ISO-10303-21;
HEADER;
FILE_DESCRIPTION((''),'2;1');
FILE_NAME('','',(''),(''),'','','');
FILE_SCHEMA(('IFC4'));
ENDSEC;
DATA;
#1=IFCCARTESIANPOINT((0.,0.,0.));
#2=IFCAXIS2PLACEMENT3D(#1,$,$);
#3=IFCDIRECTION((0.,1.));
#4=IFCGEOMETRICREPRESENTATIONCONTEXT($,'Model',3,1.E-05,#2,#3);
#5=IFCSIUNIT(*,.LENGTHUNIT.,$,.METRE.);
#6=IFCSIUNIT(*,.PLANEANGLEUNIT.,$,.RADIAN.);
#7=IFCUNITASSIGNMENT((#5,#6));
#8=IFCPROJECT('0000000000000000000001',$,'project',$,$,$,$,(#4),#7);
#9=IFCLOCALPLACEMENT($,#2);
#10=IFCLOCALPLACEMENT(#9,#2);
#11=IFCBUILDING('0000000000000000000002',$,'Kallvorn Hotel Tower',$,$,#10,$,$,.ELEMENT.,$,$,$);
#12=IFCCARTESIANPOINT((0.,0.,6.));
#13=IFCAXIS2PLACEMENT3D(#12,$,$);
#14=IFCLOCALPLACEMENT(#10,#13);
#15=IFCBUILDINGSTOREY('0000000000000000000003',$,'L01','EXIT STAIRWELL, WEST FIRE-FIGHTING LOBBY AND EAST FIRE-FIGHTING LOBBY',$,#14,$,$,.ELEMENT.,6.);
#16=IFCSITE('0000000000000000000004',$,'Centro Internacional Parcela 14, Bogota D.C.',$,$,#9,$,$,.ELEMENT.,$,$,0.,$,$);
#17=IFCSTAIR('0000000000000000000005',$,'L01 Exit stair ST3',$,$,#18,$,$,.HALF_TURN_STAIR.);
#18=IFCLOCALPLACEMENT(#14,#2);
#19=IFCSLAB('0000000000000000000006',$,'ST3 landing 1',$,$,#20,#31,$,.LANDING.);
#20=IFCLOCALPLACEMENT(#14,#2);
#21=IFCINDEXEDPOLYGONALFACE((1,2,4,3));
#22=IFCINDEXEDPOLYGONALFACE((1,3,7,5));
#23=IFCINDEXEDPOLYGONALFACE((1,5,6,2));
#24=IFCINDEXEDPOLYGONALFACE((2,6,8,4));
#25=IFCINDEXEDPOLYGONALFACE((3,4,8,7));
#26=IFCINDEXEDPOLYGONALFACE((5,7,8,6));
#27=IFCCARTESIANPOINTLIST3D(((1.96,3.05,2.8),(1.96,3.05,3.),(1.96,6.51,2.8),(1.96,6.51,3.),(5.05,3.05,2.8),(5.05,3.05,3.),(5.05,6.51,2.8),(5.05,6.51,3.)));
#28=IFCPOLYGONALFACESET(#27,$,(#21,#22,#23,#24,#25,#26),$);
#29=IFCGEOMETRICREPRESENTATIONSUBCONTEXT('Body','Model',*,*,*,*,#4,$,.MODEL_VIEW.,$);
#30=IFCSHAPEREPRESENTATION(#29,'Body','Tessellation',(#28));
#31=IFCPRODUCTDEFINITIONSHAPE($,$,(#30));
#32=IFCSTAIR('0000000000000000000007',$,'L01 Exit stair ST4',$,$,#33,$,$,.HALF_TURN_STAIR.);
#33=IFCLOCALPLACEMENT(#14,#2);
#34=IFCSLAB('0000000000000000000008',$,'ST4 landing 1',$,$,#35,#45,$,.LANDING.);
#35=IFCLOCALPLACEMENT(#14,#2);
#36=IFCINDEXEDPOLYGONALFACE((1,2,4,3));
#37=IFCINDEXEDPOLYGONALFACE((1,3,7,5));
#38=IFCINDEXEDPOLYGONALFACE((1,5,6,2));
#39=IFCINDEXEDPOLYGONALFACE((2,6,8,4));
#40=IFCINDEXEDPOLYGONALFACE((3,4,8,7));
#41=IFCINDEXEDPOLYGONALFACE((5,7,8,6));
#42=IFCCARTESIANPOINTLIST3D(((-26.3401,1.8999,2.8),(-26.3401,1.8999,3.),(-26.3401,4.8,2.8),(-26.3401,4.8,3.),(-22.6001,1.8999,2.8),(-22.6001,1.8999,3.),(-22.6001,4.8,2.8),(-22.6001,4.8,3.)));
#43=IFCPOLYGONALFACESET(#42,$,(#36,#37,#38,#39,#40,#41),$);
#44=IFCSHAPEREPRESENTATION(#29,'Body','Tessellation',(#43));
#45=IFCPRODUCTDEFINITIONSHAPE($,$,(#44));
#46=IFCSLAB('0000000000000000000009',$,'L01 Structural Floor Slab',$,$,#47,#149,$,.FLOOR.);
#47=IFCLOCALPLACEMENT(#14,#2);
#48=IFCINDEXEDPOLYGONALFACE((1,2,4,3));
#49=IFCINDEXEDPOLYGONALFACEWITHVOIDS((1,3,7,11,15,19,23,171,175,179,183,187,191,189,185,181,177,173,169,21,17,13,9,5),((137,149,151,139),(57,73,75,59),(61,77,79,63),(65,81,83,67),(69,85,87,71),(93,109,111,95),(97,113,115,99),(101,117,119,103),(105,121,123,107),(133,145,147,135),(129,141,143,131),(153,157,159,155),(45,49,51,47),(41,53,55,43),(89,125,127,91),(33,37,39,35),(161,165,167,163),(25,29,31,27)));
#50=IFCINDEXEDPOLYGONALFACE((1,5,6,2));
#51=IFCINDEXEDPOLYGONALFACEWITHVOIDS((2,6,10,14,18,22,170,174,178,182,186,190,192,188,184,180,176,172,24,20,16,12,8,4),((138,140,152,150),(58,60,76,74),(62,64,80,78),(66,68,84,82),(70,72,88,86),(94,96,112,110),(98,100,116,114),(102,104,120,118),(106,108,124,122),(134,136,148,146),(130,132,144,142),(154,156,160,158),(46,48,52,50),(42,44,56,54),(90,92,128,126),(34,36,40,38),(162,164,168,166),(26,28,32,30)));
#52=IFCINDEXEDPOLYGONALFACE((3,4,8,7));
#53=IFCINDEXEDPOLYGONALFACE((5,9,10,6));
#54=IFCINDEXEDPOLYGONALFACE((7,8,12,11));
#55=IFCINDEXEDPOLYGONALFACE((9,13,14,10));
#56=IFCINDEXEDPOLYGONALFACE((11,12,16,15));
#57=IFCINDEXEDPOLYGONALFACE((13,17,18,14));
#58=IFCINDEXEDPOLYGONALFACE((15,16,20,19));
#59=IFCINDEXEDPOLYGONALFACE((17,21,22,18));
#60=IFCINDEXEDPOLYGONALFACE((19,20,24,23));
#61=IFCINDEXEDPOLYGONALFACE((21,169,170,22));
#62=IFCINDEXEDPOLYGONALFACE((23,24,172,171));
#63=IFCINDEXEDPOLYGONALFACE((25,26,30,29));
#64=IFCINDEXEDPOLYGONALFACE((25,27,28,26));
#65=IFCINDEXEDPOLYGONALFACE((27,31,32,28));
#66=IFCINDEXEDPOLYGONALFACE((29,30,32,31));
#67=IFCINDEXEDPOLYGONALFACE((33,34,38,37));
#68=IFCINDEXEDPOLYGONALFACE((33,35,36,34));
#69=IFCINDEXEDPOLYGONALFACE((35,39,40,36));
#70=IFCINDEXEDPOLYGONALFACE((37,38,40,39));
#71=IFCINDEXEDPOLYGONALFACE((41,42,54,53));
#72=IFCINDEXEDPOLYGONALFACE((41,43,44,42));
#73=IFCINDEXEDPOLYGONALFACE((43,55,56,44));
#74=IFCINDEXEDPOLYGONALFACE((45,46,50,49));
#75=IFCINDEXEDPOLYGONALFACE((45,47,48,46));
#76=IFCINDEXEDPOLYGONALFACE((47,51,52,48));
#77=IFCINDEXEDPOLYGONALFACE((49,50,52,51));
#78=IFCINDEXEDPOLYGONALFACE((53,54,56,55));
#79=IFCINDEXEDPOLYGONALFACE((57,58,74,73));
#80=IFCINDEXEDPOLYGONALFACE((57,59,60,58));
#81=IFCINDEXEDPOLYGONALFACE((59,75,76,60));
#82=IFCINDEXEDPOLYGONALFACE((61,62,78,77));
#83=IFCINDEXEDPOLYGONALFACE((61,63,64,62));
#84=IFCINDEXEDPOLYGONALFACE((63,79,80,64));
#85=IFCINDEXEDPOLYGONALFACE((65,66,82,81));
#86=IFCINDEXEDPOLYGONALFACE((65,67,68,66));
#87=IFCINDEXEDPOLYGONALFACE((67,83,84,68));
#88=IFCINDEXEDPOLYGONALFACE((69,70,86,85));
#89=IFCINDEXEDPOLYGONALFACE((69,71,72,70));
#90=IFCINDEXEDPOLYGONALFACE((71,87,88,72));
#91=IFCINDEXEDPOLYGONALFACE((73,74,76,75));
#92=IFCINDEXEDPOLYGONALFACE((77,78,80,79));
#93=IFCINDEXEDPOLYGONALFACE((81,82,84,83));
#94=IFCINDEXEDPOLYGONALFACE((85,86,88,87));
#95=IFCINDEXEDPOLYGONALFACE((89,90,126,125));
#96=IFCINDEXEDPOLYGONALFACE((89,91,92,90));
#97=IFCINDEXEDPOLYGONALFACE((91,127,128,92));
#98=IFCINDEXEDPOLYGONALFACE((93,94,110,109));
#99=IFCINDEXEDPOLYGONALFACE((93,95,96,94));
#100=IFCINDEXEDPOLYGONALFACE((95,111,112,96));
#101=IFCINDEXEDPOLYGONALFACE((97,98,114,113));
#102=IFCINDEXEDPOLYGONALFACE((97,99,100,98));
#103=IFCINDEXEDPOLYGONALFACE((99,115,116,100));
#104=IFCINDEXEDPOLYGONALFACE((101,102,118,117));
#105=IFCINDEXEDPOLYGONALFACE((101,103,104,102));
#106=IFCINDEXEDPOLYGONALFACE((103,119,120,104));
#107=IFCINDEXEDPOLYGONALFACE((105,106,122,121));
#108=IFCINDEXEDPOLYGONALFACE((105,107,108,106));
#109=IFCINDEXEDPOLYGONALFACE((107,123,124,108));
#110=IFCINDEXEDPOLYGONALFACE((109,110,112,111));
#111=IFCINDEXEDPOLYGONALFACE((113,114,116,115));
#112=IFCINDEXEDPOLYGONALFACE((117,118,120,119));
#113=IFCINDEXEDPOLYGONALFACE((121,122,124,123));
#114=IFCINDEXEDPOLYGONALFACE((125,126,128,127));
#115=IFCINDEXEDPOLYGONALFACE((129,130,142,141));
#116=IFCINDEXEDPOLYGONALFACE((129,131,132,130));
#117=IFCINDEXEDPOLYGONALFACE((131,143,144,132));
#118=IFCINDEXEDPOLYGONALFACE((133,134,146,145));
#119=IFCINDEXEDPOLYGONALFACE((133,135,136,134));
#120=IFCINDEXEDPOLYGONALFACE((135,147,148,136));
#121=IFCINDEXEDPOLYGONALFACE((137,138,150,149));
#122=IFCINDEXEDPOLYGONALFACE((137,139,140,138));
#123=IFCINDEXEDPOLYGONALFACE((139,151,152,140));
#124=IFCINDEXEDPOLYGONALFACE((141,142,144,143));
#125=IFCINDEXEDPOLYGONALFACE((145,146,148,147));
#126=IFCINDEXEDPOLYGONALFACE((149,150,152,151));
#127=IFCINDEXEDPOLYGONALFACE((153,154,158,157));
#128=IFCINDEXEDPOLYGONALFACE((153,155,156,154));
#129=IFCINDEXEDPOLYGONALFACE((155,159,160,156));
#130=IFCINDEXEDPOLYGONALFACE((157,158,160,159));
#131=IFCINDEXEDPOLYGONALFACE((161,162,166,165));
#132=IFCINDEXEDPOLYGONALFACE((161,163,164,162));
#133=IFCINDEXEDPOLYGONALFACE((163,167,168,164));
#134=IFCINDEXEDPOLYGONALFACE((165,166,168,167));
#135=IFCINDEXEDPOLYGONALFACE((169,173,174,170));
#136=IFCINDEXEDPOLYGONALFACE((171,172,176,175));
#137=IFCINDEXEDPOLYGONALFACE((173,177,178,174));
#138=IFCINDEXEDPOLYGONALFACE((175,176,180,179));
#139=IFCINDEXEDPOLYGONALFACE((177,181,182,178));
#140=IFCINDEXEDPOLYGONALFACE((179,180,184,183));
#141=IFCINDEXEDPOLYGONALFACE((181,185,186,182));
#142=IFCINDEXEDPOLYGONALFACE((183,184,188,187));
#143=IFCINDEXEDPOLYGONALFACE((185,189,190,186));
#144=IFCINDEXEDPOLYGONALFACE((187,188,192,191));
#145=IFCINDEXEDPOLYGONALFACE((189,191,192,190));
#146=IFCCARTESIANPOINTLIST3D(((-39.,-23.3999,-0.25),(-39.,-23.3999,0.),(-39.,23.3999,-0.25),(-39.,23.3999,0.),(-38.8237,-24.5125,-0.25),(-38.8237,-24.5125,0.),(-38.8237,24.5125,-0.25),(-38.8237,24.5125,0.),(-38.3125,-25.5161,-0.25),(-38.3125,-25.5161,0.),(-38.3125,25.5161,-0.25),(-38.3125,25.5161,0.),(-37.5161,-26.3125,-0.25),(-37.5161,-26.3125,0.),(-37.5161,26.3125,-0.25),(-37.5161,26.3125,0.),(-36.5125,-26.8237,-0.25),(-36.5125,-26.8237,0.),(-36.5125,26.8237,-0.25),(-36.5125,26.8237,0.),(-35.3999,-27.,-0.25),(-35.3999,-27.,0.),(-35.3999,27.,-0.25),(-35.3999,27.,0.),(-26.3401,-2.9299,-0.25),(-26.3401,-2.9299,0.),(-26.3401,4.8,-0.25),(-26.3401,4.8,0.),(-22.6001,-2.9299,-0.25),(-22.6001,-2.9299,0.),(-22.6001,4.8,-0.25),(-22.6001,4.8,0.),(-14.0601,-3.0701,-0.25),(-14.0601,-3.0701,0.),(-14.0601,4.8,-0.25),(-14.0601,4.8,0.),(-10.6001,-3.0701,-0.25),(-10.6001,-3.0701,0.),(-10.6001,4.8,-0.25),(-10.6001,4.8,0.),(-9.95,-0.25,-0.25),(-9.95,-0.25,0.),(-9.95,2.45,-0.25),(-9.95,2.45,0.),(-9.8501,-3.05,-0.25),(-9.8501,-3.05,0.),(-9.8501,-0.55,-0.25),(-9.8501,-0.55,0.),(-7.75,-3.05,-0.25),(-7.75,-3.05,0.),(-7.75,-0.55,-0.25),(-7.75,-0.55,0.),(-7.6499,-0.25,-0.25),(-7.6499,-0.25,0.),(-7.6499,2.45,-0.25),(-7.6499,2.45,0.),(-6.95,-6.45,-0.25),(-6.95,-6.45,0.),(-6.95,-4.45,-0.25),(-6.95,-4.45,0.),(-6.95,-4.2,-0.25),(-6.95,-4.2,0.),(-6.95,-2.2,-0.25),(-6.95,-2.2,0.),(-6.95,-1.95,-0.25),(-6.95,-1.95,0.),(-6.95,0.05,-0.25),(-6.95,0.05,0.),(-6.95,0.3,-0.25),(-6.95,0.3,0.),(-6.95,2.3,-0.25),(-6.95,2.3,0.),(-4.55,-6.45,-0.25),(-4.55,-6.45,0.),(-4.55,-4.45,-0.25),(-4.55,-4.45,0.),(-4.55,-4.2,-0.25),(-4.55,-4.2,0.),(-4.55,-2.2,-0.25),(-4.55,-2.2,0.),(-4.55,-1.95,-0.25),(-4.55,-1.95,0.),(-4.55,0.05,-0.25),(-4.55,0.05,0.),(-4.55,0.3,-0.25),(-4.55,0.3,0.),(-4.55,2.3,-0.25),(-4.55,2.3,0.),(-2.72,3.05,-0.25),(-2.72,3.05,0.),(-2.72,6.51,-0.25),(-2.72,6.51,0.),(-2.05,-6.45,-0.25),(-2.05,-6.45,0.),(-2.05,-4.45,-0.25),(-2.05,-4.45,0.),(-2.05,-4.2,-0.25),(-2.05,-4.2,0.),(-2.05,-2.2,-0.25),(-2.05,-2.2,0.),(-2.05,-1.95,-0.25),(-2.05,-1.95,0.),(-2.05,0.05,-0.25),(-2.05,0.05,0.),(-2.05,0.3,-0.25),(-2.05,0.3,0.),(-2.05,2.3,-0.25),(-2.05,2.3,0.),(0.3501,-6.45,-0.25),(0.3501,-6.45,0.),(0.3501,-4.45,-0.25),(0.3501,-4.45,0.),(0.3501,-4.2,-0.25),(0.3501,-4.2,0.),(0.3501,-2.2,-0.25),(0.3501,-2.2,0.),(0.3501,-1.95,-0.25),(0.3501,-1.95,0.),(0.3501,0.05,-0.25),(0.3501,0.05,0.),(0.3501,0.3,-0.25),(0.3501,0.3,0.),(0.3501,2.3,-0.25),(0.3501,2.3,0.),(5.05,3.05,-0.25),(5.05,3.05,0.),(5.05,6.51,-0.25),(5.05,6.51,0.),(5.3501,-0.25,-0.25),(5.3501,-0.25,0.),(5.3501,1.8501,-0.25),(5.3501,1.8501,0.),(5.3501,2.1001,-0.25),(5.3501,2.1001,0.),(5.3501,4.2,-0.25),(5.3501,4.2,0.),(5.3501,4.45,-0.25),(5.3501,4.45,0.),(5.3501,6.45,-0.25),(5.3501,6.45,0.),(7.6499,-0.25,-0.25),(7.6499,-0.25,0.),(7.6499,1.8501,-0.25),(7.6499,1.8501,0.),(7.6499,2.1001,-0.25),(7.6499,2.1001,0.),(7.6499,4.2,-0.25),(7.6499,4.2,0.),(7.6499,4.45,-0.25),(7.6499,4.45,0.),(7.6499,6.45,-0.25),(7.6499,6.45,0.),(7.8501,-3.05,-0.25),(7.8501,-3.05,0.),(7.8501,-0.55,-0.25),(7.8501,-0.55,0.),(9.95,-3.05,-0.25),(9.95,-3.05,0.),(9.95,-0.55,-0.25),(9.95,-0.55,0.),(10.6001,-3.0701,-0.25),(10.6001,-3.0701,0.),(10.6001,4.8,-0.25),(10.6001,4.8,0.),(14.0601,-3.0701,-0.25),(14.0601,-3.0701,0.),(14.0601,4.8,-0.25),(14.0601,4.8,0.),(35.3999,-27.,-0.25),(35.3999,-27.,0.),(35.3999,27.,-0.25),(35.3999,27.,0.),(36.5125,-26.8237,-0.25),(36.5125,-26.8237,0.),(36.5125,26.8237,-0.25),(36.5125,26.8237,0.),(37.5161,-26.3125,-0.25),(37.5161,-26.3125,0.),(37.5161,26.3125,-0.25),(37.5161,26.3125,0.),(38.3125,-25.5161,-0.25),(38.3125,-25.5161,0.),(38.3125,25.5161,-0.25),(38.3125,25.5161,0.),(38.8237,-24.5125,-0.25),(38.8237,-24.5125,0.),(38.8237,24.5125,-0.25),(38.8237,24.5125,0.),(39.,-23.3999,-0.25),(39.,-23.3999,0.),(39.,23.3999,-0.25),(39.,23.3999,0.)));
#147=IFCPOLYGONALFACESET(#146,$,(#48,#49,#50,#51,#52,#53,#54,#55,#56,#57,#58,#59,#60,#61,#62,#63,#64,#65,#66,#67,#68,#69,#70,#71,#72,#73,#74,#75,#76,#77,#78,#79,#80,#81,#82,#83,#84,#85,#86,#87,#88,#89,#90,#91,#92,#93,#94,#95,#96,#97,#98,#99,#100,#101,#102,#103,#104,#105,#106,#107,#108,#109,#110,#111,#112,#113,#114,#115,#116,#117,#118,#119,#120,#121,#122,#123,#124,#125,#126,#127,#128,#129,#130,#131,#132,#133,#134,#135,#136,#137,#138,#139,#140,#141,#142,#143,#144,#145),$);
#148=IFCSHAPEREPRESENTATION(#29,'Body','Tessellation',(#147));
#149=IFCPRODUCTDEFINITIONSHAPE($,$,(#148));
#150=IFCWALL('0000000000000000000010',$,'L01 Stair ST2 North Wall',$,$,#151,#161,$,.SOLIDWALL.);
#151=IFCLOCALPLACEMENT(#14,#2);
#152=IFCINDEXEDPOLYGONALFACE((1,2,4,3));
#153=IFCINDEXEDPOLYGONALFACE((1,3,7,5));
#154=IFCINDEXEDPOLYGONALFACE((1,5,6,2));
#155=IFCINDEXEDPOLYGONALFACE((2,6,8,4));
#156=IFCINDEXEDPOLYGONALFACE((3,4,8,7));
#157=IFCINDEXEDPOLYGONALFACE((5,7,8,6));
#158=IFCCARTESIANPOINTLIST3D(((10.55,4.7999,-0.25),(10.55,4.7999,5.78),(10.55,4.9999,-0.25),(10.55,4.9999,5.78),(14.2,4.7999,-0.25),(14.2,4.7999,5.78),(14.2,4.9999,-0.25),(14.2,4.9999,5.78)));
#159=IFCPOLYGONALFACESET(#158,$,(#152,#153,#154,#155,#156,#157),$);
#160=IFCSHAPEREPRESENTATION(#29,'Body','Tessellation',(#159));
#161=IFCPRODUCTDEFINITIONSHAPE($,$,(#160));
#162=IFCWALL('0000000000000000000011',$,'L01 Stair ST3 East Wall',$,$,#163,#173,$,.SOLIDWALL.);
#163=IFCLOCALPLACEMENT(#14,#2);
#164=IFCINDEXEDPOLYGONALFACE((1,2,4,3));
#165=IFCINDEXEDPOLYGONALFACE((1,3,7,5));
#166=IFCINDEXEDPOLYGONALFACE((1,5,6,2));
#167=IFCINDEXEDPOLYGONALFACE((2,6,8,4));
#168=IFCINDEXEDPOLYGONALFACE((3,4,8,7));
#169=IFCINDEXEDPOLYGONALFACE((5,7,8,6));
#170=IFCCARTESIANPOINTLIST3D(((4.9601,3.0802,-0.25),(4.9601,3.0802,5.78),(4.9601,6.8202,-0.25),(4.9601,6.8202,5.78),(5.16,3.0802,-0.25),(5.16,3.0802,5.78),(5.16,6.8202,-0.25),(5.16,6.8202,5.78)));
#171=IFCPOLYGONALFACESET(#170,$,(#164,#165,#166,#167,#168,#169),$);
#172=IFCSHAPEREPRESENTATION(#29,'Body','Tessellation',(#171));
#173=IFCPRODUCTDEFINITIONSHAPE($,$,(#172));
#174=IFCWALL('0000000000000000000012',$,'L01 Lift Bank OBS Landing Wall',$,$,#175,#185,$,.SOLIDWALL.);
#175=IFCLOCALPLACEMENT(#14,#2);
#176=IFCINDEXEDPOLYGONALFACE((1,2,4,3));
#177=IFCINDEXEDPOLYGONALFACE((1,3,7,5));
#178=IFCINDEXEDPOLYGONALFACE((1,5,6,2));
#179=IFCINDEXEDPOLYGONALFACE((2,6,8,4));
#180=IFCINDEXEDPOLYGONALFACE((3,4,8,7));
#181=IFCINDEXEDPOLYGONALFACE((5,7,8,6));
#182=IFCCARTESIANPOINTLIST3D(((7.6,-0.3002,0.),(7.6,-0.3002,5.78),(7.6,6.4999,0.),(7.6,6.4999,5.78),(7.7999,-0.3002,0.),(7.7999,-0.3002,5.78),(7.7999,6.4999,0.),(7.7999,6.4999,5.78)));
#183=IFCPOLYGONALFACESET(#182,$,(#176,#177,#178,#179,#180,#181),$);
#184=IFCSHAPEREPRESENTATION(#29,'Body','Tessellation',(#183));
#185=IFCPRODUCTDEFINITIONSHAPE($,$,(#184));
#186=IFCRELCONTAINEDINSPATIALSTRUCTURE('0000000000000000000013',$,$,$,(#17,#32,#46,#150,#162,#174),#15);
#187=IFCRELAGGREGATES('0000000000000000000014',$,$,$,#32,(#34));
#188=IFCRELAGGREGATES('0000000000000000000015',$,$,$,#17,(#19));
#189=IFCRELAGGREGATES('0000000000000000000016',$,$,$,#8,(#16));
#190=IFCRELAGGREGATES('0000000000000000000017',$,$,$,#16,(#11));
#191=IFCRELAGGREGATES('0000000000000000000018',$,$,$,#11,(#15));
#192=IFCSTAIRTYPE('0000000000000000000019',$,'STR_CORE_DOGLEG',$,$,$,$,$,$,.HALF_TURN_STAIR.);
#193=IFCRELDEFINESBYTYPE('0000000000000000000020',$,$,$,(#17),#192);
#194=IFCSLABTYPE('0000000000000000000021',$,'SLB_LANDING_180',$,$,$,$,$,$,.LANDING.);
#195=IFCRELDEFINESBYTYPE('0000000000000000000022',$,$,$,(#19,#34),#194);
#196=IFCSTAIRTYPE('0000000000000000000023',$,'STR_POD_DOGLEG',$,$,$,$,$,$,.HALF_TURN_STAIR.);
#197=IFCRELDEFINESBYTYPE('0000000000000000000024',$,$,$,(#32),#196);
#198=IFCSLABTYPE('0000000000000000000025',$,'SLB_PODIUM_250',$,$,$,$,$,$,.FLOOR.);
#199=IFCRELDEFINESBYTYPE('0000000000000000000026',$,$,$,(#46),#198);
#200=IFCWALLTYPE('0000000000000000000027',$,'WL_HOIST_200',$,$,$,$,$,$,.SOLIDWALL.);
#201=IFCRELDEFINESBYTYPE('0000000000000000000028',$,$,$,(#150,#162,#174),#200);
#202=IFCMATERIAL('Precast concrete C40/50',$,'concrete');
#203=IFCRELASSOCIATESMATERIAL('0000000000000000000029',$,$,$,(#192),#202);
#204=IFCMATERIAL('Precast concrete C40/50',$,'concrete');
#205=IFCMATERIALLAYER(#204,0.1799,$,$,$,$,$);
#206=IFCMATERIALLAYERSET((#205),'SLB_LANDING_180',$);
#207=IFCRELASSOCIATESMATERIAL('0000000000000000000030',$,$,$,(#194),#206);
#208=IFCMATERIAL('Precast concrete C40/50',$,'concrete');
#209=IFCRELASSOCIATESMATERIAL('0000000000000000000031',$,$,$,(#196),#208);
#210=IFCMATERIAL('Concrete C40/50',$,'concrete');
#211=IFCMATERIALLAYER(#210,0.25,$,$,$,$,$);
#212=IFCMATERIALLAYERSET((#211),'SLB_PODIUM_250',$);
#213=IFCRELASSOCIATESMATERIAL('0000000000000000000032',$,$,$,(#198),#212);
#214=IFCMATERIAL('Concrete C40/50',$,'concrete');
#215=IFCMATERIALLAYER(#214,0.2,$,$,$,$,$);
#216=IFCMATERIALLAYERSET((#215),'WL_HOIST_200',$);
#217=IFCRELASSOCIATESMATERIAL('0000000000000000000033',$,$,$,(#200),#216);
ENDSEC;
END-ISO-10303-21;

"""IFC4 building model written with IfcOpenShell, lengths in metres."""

from ifc_helpers import new_model, si_unit, direction, frame, frame_2d, origin, place, context, subcontext, project, spatial, polyline, rectangle, outline, extrude, material, layer, layer_set, type_object, element, aggregate, save


model = new_model("IFC4")

# Units and contexts
model_context = context("Model", 3, precision=1e-05, world=origin(), true_north=direction((0.0, 1.0)))
body_context = subcontext(model_context, "Body", "Model", "MODEL_VIEW")
ifc_project = project(units=[si_unit("LENGTHUNIT", "METRE"), si_unit("PLANEANGLEUNIT", "RADIAN")], contexts=[model_context])

# Site, building, storey
site_placement = place(None, origin())
site = spatial("IfcSite", under=ifc_project, at=site_placement, Name="Centro Internacional Parcela 14, Bogota D.C.", CompositionType="ELEMENT", RefElevation=0.0)
building_placement = place(site_placement, origin())
building = spatial("IfcBuilding", under=site, at=building_placement, Name="Kallvorn Hotel Tower", CompositionType="ELEMENT")
storey_placement = place(building_placement, frame((0.0, 0.0, 6.0)))
storey = spatial("IfcBuildingStorey", under=building, at=storey_placement, Name="L01", Description="EXIT STAIRWELL, WEST FIRE-FIGHTING LOBBY AND EAST FIRE-FIGHTING LOBBY", CompositionType="ELEMENT", Elevation=6.0)

# Stairs, slabs
ifc_material_1 = material(Name="Precast concrete C40/50", Category="concrete")
stair_type_1 = type_object("IfcStairType", Name="STR_CORE_DOGLEG", PredefinedType="HALF_TURN_STAIR", material=ifc_material_1)
ifc_material_2 = material(Name="Precast concrete C40/50", Category="concrete")
ifc_layer_1 = layer(ifc_material_2, 0.1799)
ifc_layer_set_1 = layer_set([ifc_layer_1], Name="SLB_LANDING_180")
slab_type_1 = type_object("IfcSlabType", Name="SLB_LANDING_180", PredefinedType="LANDING", material=ifc_layer_set_1)
stair_1_placement = place(storey_placement, origin())
stair_1 = element("IfcStair", 1, at=stair_1_placement, inside=storey, type_object=stair_type_1, Name="L01 Exit stair ST3", PredefinedType="HALF_TURN_STAIR")
slab_1_placement = place(storey_placement, frame((0.0, 0.0, 2.8)))
slab_1 = element("IfcSlab", 2, at=slab_1_placement, type_object=slab_type_1, Name="ST3 landing 1", PredefinedType="LANDING", context=body_context, shape_type="SweptSolid", body=[
    extrude(outline(polyline([(1.96, 3.05), (5.05, 3.05), (5.05, 6.51), (1.96, 6.51), (1.96, 3.05)])), origin(), (0.0, 0.0, 1.0), 0.2),
])
ifc_material_3 = material(Name="Precast concrete C40/50", Category="concrete")
stair_type_2 = type_object("IfcStairType", Name="STR_POD_DOGLEG", PredefinedType="HALF_TURN_STAIR", material=ifc_material_3)
stair_2_placement = place(storey_placement, origin())
stair_2 = element("IfcStair", 3, at=stair_2_placement, inside=storey, type_object=stair_type_2, Name="L01 Exit stair ST4", PredefinedType="HALF_TURN_STAIR")
slab_2_placement = place(storey_placement, frame((0.0, 0.0, 2.8)))
slab_2 = element("IfcSlab", 4, at=slab_2_placement, type_object=slab_type_1, Name="ST4 landing 1", PredefinedType="LANDING", context=body_context, shape_type="SweptSolid", body=[
    extrude(outline(polyline([(-22.6001, 1.8999), (-22.6001, 4.8), (-26.3401, 4.8), (-26.3401, 1.8999), (-22.6001, 1.8999)])), origin(), (0.0, 0.0, 1.0), 0.2),
])
aggregate(stair_2, [slab_2])

# Slab
ifc_material_4 = material(Name="Concrete C40/50", Category="concrete")
ifc_layer_2 = layer(ifc_material_4, 0.25)
ifc_layer_set_2 = layer_set([ifc_layer_2], Name="SLB_PODIUM_250")
slab_type_2 = type_object("IfcSlabType", Name="SLB_PODIUM_250", PredefinedType="FLOOR", material=ifc_layer_set_2)
slab_3_placement = place(storey_placement, frame((0.0, 0.0, -0.25)))
element("IfcSlab", 5, at=slab_3_placement, inside=storey, type_object=slab_type_2, Name="L01 Structural Floor Slab", PredefinedType="FLOOR", context=body_context, shape_type="SweptSolid", body=[
    extrude(outline(polyline([(35.3999, -27.0), (36.5125, -26.8237), (37.5161, -26.3125), (38.3125, -25.5161), (38.8237, -24.5125), (39.0, -23.3999), (39.0, 23.3999), (38.8237, 24.5125), (38.3125, 25.5161), (37.5161, 26.3125), (36.5125, 26.8237), (35.3999, 27.0), (-35.3999, 27.0), (-36.5125, 26.8237), (-37.5161, 26.3125), (-38.3125, 25.5161), (-38.8237, 24.5125), (-39.0, 23.3999), (-39.0, -23.3999), (-38.8237, -24.5125), (-38.3125, -25.5161), (-37.5161, -26.3125), (-36.5125, -26.8237), (-35.3999, -27.0), (35.3999, -27.0)]), holes=[polyline([(-10.6001, -3.0701), (-10.6001, 4.8), (-14.0601, 4.8), (-14.0601, -3.0701), (-10.6001, -3.0701)]), polyline([(14.0601, -3.0701), (14.0601, 4.8), (10.6001, 4.8), (10.6001, -3.0701), (14.0601, -3.0701)]), polyline([(-2.72, 3.05), (5.05, 3.05), (5.05, 6.51), (-2.72, 6.51), (-2.72, 3.05)]), polyline([(-22.6001, -2.9299), (-22.6001, 4.8), (-26.3401, 4.8), (-26.3401, -2.9299), (-22.6001, -2.9299)]), polyline([(-6.95, -6.45), (-4.55, -6.45), (-4.55, -4.45), (-6.95, -4.45), (-6.95, -6.45)]), polyline([(-6.95, -4.2), (-4.55, -4.2), (-4.55, -2.2), (-6.95, -2.2), (-6.95, -4.2)]), polyline([(-6.95, -1.95), (-4.55, -1.95), (-4.55, 0.05), (-6.95, 0.05), (-6.95, -1.95)]), polyline([(-6.95, 0.3), (-4.55, 0.3), (-4.55, 2.3), (-6.95, 2.3), (-6.95, 0.3)]), polyline([(-2.05, -6.45), (0.3501, -6.45), (0.3501, -4.45), (-2.05, -4.45), (-2.05, -6.45)]), polyline([(-2.05, -4.2), (0.3501, -4.2), (0.3501, -2.2), (-2.05, -2.2), (-2.05, -4.2)]), polyline([(-2.05, -1.95), (0.3501, -1.95), (0.3501, 0.05), (-2.05, 0.05), (-2.05, -1.95)]), polyline([(-2.05, 0.3), (0.3501, 0.3), (0.3501, 2.3), (-2.05, 2.3), (-2.05, 0.3)]), polyline([(5.3501, -0.25), (7.6499, -0.25), (7.6499, 1.8501), (5.3501, 1.8501), (5.3501, -0.25)]), polyline([(5.3501, 2.1001), (7.6499, 2.1001), (7.6499, 4.2), (5.3501, 4.2), (5.3501, 2.1001)]), polyline([(5.3501, 4.45), (7.6499, 4.45), (7.6499, 6.45), (5.3501, 6.45), (5.3501, 4.45)]), polyline([(-9.8501, -3.05), (-7.75, -3.05), (-7.75, -0.55), (-9.8501, -0.55), (-9.8501, -3.05)]), polyline([(7.8501, -3.05), (9.95, -3.05), (9.95, -0.55), (7.8501, -0.55), (7.8501, -3.05)]), polyline([(-9.95, -0.25), (-7.6499, -0.25), (-7.6499, 2.45), (-9.95, 2.45), (-9.95, -0.25)])]), origin(), (0.0, 0.0, 1.0), 0.25),
])

# Walls
ifc_material_5 = material(Name="Concrete C40/50", Category="concrete")
ifc_layer_3 = layer(ifc_material_5, 0.2)
ifc_layer_set_3 = layer_set([ifc_layer_3], Name="WL_HOIST_200")
wall_type_1 = type_object("IfcWallType", Name="WL_HOIST_200", PredefinedType="SOLIDWALL", material=ifc_layer_set_3)
wall_1_placement = place(storey_placement, frame((10.55, 4.8999, -0.25), z_axis=(0.0, 0.0, 1.0), x_axis=(1.0, 0.0, 0.0)))
element("IfcWall", 6, at=wall_1_placement, inside=storey, type_object=wall_type_1, Name="L01 Stair ST2 North Wall", PredefinedType="SOLIDWALL", context=body_context, shape_type="SweptSolid", body=[
    extrude(rectangle(XDim=3.6499, YDim=0.2, at=frame_2d((1.825, 0.0))), origin(), (0.0, 0.0, 1.0), 6.03),
])
wall_2_placement = place(storey_placement, frame((5.0601, 3.0801, -0.25), z_axis=(0.0, 0.0, 1.0), x_axis=(0.0, 1.0, 0.0)))
element("IfcWall", 7, at=wall_2_placement, inside=storey, type_object=wall_type_1, Name="L01 Stair ST3 East Wall", PredefinedType="SOLIDWALL", context=body_context, shape_type="SweptSolid", body=[
    extrude(rectangle(XDim=3.74, YDim=0.2, at=frame_2d((1.8701, 0.0))), origin(), (0.0, 0.0, 1.0), 6.03),
])
for number, where, z_axis, x_axis, name in (
    (8, (7.7, -0.3, 0.0), (0.0, 0.0, 1.0), (0.0, 1.0, 0.0), "L01 Lift Bank OBS Landing Wall"),
):
    element("IfcWall", number, at=place(storey_placement, frame(where, z_axis=z_axis, x_axis=x_axis)), inside=storey, type_object=wall_type_1, Name=name, PredefinedType="SOLIDWALL", context=body_context, shape_type="SweptSolid", body=[
        extrude(rectangle(XDim=6.8, YDim=0.2, at=frame_2d((3.3999, 0.0))), origin(), (0.0, 0.0, 1.0), 5.78),
    ])

aggregate(stair_1, [slab_1])

save(model, "model.ifc")
